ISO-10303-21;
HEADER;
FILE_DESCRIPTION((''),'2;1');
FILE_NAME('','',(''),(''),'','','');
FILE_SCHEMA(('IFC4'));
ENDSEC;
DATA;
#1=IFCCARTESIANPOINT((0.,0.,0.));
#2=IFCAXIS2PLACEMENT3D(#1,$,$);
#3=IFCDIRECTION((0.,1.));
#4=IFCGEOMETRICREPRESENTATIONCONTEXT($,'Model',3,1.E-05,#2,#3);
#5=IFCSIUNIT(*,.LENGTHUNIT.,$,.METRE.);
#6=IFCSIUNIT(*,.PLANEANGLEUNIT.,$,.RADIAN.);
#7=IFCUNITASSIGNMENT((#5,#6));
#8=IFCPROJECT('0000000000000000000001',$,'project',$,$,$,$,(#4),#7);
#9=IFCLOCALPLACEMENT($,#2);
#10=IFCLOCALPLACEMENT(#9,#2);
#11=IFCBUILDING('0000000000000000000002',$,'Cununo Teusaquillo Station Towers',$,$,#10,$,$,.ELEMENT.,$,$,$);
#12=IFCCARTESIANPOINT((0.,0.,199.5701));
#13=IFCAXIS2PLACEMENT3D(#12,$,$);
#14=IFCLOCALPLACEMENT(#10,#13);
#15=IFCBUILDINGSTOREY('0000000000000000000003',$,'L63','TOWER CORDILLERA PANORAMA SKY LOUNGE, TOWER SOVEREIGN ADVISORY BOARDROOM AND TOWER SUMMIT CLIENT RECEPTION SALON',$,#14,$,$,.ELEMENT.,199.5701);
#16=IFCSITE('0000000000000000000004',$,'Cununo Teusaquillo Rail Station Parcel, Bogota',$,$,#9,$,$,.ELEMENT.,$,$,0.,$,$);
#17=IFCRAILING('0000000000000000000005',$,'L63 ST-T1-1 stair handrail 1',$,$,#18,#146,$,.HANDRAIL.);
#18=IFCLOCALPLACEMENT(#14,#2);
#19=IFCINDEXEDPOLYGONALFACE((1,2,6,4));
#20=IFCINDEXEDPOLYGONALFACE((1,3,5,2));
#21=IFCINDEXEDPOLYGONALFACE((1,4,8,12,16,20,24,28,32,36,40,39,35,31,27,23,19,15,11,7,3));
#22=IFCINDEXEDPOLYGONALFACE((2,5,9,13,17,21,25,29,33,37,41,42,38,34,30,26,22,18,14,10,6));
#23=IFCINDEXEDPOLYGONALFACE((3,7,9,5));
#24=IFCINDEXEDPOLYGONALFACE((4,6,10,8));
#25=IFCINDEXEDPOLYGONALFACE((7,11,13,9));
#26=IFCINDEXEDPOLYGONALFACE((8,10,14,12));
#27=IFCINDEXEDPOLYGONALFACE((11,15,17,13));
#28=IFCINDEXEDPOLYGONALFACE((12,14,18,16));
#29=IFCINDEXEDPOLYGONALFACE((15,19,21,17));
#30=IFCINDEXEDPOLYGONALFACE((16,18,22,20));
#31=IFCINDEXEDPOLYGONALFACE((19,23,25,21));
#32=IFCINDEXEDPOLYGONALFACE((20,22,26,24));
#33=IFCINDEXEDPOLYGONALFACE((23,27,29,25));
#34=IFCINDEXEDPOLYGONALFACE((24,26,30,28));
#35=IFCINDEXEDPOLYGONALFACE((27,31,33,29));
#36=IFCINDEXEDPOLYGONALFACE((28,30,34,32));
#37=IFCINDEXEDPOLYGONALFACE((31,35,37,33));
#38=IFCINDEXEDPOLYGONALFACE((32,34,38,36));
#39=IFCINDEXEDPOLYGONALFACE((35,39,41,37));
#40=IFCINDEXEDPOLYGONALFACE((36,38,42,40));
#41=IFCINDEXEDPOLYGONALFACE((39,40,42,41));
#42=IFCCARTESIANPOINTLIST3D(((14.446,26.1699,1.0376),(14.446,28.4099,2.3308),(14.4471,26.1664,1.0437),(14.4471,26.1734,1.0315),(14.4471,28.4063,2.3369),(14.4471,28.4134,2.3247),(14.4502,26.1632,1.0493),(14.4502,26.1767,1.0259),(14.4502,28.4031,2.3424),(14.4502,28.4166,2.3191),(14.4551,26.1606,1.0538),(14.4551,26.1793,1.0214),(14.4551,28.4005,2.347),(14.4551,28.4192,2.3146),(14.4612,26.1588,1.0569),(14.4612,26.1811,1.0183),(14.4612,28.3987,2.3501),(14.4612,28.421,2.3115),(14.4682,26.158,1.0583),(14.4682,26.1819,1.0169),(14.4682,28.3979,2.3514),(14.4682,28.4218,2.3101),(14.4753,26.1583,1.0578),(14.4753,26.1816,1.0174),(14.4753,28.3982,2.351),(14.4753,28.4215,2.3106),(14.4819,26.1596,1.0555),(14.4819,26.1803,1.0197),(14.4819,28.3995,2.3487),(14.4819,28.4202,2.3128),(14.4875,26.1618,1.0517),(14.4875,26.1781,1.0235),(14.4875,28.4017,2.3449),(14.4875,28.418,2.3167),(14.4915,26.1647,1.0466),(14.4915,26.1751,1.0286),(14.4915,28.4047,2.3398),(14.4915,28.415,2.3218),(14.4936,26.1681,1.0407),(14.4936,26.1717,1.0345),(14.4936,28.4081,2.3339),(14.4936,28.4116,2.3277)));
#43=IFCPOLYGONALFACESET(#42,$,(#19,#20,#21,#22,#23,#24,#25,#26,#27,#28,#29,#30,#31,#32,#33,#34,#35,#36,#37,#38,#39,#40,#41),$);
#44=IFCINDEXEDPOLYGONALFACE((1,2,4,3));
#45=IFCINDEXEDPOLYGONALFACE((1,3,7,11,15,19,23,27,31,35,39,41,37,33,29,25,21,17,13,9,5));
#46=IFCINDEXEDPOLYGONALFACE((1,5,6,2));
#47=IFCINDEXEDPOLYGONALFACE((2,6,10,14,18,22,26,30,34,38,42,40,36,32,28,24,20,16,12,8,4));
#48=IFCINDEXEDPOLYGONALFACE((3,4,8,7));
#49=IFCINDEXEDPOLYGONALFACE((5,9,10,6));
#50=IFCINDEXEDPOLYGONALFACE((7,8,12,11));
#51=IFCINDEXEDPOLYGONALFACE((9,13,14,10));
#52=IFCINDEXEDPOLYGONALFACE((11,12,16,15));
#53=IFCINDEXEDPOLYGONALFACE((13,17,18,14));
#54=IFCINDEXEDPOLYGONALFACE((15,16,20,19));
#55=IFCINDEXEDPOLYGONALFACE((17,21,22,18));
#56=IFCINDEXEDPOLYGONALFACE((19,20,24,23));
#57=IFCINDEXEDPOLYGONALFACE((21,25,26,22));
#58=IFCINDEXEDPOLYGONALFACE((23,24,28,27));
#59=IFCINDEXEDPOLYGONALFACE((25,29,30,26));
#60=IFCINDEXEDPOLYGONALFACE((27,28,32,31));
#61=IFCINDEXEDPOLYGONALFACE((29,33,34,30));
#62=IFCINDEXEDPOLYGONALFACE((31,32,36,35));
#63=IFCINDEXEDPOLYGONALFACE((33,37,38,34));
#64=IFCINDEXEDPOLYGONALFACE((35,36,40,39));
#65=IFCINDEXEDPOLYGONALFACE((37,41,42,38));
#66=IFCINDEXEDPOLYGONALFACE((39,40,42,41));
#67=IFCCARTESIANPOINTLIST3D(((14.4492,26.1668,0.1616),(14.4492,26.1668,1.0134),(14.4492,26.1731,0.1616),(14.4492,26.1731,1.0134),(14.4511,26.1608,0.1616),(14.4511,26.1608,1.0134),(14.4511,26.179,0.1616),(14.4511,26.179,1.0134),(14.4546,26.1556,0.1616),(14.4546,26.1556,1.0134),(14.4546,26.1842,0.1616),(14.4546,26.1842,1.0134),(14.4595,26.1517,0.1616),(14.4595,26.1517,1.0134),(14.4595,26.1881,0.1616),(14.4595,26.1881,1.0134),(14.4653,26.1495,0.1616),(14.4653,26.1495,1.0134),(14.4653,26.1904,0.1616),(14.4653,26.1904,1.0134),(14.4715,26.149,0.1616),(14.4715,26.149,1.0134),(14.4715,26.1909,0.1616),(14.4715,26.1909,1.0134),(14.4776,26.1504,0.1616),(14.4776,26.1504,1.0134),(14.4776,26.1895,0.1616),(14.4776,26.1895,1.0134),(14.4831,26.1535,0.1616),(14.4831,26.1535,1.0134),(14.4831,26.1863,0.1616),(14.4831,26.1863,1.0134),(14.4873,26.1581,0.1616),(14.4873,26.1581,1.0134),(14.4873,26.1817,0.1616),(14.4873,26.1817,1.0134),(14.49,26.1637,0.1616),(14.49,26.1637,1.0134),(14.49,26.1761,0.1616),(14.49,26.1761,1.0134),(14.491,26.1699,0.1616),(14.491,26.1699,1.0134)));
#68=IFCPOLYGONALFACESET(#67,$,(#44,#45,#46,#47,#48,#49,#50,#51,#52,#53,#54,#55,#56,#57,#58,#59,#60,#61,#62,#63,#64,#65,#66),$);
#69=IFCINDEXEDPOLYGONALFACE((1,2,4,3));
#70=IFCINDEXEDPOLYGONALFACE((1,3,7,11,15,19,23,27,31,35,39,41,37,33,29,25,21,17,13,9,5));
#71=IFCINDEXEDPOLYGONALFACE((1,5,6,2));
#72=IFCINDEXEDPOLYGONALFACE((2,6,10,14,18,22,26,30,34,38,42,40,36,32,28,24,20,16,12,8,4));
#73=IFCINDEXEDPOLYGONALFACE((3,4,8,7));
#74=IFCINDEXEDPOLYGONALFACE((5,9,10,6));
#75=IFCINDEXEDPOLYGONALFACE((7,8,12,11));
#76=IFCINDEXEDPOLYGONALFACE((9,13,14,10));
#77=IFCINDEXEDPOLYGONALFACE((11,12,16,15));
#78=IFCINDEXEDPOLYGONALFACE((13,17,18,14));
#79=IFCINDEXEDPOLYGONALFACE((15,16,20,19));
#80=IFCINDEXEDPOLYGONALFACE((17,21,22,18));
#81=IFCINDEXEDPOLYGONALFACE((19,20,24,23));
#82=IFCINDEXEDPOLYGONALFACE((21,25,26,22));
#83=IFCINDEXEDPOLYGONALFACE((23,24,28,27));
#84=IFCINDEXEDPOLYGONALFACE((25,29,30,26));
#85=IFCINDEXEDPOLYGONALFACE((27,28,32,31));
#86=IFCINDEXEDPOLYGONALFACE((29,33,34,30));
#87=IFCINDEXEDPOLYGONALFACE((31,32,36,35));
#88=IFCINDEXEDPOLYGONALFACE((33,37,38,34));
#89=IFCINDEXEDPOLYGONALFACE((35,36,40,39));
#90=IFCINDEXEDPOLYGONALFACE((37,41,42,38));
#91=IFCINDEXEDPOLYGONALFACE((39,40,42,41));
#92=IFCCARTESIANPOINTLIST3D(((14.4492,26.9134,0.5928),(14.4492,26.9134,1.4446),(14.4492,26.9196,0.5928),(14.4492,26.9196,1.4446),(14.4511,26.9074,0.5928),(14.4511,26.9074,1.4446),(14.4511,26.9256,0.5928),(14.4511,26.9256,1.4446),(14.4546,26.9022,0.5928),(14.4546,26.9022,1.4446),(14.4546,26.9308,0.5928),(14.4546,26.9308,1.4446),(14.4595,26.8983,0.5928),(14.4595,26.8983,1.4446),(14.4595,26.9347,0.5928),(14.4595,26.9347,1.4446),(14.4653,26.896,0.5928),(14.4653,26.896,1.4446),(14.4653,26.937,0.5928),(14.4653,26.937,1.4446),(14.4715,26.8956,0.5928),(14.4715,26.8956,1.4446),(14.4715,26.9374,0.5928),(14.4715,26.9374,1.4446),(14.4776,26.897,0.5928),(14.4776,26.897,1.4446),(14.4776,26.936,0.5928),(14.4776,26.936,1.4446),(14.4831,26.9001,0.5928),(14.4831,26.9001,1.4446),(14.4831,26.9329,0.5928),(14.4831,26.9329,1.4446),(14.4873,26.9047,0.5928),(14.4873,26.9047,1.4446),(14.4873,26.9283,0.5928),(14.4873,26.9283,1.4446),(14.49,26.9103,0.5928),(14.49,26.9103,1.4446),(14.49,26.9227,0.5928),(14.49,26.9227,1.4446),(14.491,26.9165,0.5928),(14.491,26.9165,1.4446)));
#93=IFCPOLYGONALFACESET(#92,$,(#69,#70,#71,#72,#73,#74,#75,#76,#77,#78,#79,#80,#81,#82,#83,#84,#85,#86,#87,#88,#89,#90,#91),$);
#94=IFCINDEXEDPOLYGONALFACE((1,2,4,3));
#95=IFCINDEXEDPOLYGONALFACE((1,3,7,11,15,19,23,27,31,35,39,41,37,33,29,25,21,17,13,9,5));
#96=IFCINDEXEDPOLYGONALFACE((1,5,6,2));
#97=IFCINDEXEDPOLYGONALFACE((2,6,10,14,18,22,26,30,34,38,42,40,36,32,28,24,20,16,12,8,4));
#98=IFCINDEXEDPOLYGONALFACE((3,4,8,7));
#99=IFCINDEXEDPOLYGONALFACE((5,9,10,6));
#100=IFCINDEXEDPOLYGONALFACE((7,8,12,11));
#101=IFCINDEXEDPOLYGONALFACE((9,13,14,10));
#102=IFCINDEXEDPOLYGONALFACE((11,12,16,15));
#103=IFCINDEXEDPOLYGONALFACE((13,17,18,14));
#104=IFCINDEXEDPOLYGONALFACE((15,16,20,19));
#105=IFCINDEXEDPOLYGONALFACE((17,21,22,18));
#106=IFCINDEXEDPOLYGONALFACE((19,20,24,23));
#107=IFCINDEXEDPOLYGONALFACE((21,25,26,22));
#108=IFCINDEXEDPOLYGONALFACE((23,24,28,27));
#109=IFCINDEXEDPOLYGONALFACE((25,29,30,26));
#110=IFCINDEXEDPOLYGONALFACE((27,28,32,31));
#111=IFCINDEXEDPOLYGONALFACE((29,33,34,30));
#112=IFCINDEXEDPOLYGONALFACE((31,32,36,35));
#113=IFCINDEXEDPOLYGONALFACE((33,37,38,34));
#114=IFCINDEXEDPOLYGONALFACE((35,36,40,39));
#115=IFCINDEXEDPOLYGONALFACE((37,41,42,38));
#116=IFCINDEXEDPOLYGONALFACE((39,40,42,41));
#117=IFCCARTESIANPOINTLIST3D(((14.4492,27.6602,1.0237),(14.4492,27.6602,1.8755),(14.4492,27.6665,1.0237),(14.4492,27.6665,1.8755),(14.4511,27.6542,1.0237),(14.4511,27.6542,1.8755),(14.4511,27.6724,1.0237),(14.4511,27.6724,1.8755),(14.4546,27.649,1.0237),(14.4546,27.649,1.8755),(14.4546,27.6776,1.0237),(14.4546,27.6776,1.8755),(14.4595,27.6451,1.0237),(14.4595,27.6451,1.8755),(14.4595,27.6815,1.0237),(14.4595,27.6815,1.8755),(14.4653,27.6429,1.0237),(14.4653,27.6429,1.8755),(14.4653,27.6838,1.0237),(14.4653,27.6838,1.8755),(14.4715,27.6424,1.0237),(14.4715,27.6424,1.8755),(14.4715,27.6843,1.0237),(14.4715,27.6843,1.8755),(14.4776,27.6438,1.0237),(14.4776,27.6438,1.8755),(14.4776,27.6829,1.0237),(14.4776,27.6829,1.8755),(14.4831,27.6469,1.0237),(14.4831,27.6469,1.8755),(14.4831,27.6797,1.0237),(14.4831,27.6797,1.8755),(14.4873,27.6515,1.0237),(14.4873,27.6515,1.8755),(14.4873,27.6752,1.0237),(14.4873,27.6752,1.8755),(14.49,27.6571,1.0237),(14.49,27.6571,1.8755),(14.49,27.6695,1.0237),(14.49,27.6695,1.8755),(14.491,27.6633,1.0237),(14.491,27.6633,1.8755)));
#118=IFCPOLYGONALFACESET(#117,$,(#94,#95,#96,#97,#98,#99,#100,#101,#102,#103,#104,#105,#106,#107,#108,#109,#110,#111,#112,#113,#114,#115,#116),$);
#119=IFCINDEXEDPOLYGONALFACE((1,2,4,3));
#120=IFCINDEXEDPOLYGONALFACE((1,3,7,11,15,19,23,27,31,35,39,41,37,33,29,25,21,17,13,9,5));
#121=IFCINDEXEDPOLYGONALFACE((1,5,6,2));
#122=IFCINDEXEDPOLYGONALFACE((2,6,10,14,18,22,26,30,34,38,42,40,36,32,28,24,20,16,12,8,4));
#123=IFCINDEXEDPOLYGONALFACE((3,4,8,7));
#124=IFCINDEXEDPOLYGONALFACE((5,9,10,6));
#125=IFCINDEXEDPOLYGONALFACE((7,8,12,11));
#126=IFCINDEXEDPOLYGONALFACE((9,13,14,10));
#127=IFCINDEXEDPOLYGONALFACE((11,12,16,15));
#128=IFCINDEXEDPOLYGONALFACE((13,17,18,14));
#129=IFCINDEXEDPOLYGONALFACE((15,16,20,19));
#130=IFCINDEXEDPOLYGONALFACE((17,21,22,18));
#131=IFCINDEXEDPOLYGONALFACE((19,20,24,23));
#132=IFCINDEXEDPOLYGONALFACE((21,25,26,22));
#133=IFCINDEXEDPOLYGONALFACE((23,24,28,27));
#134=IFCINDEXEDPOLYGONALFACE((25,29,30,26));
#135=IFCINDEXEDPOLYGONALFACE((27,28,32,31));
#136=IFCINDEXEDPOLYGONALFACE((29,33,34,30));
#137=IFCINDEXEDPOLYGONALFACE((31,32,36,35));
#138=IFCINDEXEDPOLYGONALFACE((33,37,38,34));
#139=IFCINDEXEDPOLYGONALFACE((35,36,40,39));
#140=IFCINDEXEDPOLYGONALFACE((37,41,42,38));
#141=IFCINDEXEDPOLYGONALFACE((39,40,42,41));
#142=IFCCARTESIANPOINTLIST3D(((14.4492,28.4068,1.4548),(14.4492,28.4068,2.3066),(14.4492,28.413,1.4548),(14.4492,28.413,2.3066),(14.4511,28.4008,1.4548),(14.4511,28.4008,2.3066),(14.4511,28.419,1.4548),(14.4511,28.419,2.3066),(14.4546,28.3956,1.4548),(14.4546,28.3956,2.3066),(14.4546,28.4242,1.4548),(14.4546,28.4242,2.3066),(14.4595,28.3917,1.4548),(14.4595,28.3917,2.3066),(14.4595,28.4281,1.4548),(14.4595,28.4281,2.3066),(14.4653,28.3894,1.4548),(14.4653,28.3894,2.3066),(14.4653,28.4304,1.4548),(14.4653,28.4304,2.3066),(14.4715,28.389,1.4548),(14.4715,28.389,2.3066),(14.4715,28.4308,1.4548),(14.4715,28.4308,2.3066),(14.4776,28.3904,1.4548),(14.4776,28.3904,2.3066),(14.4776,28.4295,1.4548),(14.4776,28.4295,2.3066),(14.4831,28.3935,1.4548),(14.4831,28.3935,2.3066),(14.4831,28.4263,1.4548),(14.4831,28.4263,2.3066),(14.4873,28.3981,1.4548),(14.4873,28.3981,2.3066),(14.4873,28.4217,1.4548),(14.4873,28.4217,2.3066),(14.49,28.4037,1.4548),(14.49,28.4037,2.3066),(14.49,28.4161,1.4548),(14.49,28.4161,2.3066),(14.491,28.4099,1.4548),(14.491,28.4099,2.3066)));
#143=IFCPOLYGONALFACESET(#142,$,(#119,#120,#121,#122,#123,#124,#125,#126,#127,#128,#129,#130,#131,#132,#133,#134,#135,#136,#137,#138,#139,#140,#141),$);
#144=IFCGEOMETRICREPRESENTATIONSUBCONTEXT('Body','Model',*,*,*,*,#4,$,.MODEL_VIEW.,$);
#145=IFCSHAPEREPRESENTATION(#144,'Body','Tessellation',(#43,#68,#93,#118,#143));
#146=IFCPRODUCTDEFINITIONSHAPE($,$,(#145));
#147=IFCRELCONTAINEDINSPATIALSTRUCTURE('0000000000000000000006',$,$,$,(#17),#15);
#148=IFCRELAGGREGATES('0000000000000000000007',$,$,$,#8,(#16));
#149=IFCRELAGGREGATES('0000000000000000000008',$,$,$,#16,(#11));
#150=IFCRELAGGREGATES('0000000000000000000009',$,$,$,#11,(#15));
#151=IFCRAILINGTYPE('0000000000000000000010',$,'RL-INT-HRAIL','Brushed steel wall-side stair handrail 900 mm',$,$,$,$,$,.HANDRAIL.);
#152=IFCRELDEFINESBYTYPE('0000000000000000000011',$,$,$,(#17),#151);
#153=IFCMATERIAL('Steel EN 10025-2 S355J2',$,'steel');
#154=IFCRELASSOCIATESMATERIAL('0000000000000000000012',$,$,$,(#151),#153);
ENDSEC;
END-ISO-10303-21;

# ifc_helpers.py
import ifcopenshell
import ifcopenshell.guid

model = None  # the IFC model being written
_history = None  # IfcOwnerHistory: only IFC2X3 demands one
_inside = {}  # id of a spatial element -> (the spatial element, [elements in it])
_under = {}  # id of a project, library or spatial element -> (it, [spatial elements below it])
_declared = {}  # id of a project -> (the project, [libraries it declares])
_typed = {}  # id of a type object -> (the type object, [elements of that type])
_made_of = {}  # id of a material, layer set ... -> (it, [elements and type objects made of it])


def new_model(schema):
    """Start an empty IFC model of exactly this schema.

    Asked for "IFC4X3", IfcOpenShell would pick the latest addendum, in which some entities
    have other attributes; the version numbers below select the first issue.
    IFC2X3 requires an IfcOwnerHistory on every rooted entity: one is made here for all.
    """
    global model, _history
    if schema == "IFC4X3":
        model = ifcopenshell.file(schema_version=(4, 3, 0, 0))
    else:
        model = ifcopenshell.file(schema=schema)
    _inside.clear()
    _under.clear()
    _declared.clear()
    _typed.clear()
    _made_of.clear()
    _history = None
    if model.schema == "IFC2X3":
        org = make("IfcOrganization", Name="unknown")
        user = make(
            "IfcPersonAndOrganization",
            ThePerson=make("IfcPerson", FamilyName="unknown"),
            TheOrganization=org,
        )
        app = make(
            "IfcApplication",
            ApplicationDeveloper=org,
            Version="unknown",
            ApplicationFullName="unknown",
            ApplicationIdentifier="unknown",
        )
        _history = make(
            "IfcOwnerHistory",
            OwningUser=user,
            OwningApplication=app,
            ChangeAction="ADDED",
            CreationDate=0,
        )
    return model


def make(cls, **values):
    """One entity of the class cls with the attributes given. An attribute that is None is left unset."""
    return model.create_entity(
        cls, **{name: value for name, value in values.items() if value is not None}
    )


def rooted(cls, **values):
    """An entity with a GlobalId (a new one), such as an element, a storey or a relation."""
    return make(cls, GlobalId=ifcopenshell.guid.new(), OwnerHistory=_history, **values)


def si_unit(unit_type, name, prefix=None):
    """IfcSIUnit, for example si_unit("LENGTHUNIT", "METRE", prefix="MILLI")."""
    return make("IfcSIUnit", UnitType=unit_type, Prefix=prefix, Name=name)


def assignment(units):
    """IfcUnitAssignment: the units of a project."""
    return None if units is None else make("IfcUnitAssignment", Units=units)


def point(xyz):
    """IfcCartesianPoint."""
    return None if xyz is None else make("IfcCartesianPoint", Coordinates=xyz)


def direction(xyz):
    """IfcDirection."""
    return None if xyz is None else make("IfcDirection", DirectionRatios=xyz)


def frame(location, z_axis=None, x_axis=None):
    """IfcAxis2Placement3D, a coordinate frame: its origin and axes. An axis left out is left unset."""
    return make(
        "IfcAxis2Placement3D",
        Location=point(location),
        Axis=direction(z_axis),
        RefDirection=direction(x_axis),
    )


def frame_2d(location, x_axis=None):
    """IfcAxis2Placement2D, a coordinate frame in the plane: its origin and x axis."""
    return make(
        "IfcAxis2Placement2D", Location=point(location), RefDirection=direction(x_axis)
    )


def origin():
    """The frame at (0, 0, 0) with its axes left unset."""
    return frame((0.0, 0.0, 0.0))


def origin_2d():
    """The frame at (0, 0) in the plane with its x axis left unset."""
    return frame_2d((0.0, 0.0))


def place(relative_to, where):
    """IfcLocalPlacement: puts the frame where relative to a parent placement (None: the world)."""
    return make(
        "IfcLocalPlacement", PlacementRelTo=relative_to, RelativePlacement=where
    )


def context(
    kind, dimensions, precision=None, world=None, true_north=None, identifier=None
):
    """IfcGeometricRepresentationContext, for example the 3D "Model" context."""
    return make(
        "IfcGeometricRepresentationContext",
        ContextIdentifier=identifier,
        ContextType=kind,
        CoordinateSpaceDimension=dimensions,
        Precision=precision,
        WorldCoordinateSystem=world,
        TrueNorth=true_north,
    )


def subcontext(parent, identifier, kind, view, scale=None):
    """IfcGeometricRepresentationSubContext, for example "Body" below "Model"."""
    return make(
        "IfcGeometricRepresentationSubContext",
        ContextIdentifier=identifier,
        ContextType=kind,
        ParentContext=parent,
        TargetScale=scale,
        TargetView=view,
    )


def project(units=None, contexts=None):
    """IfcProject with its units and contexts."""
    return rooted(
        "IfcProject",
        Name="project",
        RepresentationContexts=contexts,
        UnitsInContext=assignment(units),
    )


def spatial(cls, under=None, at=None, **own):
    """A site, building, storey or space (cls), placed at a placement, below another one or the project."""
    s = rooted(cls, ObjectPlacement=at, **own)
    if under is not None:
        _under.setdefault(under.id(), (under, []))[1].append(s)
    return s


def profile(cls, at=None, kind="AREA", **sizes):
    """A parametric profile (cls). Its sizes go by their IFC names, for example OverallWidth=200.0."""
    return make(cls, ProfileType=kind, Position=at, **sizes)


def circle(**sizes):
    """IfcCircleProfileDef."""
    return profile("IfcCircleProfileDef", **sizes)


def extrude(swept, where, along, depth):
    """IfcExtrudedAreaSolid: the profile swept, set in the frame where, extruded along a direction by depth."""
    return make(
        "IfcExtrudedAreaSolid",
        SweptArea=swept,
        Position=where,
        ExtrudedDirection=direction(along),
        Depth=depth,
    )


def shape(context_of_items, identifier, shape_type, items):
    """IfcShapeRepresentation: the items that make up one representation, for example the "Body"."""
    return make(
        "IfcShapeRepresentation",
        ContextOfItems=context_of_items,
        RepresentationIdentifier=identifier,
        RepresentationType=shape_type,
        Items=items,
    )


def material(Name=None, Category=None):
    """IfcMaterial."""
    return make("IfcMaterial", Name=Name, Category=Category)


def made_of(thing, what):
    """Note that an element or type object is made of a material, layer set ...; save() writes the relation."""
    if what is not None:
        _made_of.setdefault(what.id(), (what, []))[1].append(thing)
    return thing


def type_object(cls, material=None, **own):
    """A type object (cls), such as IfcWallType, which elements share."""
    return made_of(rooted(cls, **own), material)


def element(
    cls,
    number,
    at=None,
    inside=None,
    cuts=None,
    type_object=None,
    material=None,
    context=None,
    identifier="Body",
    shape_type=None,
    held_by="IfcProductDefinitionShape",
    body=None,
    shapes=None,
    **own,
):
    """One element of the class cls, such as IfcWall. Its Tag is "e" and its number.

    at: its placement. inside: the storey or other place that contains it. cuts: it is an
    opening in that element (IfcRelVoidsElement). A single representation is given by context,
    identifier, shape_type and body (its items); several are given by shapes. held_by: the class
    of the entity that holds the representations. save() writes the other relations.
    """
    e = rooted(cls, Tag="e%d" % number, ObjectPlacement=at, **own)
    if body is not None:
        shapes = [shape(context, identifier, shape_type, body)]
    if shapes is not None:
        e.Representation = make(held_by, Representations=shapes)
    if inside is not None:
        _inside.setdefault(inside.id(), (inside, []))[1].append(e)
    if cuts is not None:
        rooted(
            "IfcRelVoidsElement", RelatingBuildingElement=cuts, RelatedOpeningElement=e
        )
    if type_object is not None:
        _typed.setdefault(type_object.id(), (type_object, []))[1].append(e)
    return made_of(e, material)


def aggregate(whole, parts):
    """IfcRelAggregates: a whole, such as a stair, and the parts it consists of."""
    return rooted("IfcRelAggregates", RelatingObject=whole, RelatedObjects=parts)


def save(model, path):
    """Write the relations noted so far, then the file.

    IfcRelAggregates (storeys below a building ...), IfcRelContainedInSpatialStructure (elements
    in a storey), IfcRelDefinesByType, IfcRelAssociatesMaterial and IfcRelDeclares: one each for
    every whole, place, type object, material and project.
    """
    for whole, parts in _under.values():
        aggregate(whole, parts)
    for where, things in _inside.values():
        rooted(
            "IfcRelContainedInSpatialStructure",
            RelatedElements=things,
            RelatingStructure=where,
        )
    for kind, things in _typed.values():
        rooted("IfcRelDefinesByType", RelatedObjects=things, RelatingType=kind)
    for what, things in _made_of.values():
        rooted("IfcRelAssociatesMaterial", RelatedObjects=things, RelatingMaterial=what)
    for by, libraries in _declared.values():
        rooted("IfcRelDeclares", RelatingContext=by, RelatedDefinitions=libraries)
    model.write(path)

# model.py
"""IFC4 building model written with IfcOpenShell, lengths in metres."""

from ifc_helpers import new_model, si_unit, direction, frame, origin, origin_2d, place, context, subcontext, project, spatial, circle, extrude, material, type_object, element, save


model = new_model("IFC4")

# Units and contexts
model_context = context("Model", 3, precision=1e-05, world=origin(), true_north=direction((0.0, 1.0)))
body_context = subcontext(model_context, "Body", "Model", "MODEL_VIEW")
ifc_project = project(units=[si_unit("LENGTHUNIT", "METRE"), si_unit("PLANEANGLEUNIT", "RADIAN")], contexts=[model_context])

# Site, building, storey
site_placement = place(None, origin())
site = spatial("IfcSite", under=ifc_project, at=site_placement, Name="Cununo Teusaquillo Rail Station Parcel, Bogota", CompositionType="ELEMENT", RefElevation=0.0)
building_placement = place(site_placement, origin())
building = spatial("IfcBuilding", under=site, at=building_placement, Name="Cununo Teusaquillo Station Towers", CompositionType="ELEMENT")
storey_placement = place(building_placement, frame((0.0, 0.0, 199.5701)))
storey = spatial("IfcBuildingStorey", under=building, at=storey_placement, Name="L63", Description="TOWER CORDILLERA PANORAMA SKY LOUNGE, TOWER SOVEREIGN ADVISORY BOARDROOM AND TOWER SUMMIT CLIENT RECEPTION SALON", CompositionType="ELEMENT", Elevation=199.5701)

# Railing
ifc_material_1 = material(Name="Steel EN 10025-2 S355J2", Category="steel")
railing_type_1 = type_object("IfcRailingType", Name="RL-INT-HRAIL", Description="Brushed steel wall-side stair handrail 900 mm", PredefinedType="HANDRAIL", material=ifc_material_1)
railing_1_placement = place(storey_placement, frame((14.47, 26.1699, 0.1616)))
element("IfcRailing", 1, at=railing_1_placement, inside=storey, type_object=railing_type_1, Name="L63 ST-T1-1 stair handrail 1", PredefinedType="HANDRAIL", context=body_context, shape_type="SweptSolid", body=[
    extrude(circle(Radius=0.0239, at=origin_2d()), frame((0.0, 0.0, 0.876), z_axis=(0.0, 0.866033, 0.499987), x_axis=(-1.0, 0.0, 0.0)), (0.0, 0.0, 1.0), 2.5864),
    extrude(circle(Radius=0.021, at=origin_2d()), origin(), (0.0, 0.0, 1.0), 0.8518),
    extrude(circle(Radius=0.021, at=origin_2d()), frame((0.0, 0.7466, 0.4312)), (0.0, 0.0, 1.0), 0.8518),
    extrude(circle(Radius=0.021, at=origin_2d()), frame((0.0, 1.4934, 0.8621)), (0.0, 0.0, 1.0), 0.8518),
    extrude(circle(Radius=0.021, at=origin_2d()), frame((0.0, 2.24, 1.2932)), (0.0, 0.0, 1.0), 0.8518),
])

save(model, "model.ifc")
